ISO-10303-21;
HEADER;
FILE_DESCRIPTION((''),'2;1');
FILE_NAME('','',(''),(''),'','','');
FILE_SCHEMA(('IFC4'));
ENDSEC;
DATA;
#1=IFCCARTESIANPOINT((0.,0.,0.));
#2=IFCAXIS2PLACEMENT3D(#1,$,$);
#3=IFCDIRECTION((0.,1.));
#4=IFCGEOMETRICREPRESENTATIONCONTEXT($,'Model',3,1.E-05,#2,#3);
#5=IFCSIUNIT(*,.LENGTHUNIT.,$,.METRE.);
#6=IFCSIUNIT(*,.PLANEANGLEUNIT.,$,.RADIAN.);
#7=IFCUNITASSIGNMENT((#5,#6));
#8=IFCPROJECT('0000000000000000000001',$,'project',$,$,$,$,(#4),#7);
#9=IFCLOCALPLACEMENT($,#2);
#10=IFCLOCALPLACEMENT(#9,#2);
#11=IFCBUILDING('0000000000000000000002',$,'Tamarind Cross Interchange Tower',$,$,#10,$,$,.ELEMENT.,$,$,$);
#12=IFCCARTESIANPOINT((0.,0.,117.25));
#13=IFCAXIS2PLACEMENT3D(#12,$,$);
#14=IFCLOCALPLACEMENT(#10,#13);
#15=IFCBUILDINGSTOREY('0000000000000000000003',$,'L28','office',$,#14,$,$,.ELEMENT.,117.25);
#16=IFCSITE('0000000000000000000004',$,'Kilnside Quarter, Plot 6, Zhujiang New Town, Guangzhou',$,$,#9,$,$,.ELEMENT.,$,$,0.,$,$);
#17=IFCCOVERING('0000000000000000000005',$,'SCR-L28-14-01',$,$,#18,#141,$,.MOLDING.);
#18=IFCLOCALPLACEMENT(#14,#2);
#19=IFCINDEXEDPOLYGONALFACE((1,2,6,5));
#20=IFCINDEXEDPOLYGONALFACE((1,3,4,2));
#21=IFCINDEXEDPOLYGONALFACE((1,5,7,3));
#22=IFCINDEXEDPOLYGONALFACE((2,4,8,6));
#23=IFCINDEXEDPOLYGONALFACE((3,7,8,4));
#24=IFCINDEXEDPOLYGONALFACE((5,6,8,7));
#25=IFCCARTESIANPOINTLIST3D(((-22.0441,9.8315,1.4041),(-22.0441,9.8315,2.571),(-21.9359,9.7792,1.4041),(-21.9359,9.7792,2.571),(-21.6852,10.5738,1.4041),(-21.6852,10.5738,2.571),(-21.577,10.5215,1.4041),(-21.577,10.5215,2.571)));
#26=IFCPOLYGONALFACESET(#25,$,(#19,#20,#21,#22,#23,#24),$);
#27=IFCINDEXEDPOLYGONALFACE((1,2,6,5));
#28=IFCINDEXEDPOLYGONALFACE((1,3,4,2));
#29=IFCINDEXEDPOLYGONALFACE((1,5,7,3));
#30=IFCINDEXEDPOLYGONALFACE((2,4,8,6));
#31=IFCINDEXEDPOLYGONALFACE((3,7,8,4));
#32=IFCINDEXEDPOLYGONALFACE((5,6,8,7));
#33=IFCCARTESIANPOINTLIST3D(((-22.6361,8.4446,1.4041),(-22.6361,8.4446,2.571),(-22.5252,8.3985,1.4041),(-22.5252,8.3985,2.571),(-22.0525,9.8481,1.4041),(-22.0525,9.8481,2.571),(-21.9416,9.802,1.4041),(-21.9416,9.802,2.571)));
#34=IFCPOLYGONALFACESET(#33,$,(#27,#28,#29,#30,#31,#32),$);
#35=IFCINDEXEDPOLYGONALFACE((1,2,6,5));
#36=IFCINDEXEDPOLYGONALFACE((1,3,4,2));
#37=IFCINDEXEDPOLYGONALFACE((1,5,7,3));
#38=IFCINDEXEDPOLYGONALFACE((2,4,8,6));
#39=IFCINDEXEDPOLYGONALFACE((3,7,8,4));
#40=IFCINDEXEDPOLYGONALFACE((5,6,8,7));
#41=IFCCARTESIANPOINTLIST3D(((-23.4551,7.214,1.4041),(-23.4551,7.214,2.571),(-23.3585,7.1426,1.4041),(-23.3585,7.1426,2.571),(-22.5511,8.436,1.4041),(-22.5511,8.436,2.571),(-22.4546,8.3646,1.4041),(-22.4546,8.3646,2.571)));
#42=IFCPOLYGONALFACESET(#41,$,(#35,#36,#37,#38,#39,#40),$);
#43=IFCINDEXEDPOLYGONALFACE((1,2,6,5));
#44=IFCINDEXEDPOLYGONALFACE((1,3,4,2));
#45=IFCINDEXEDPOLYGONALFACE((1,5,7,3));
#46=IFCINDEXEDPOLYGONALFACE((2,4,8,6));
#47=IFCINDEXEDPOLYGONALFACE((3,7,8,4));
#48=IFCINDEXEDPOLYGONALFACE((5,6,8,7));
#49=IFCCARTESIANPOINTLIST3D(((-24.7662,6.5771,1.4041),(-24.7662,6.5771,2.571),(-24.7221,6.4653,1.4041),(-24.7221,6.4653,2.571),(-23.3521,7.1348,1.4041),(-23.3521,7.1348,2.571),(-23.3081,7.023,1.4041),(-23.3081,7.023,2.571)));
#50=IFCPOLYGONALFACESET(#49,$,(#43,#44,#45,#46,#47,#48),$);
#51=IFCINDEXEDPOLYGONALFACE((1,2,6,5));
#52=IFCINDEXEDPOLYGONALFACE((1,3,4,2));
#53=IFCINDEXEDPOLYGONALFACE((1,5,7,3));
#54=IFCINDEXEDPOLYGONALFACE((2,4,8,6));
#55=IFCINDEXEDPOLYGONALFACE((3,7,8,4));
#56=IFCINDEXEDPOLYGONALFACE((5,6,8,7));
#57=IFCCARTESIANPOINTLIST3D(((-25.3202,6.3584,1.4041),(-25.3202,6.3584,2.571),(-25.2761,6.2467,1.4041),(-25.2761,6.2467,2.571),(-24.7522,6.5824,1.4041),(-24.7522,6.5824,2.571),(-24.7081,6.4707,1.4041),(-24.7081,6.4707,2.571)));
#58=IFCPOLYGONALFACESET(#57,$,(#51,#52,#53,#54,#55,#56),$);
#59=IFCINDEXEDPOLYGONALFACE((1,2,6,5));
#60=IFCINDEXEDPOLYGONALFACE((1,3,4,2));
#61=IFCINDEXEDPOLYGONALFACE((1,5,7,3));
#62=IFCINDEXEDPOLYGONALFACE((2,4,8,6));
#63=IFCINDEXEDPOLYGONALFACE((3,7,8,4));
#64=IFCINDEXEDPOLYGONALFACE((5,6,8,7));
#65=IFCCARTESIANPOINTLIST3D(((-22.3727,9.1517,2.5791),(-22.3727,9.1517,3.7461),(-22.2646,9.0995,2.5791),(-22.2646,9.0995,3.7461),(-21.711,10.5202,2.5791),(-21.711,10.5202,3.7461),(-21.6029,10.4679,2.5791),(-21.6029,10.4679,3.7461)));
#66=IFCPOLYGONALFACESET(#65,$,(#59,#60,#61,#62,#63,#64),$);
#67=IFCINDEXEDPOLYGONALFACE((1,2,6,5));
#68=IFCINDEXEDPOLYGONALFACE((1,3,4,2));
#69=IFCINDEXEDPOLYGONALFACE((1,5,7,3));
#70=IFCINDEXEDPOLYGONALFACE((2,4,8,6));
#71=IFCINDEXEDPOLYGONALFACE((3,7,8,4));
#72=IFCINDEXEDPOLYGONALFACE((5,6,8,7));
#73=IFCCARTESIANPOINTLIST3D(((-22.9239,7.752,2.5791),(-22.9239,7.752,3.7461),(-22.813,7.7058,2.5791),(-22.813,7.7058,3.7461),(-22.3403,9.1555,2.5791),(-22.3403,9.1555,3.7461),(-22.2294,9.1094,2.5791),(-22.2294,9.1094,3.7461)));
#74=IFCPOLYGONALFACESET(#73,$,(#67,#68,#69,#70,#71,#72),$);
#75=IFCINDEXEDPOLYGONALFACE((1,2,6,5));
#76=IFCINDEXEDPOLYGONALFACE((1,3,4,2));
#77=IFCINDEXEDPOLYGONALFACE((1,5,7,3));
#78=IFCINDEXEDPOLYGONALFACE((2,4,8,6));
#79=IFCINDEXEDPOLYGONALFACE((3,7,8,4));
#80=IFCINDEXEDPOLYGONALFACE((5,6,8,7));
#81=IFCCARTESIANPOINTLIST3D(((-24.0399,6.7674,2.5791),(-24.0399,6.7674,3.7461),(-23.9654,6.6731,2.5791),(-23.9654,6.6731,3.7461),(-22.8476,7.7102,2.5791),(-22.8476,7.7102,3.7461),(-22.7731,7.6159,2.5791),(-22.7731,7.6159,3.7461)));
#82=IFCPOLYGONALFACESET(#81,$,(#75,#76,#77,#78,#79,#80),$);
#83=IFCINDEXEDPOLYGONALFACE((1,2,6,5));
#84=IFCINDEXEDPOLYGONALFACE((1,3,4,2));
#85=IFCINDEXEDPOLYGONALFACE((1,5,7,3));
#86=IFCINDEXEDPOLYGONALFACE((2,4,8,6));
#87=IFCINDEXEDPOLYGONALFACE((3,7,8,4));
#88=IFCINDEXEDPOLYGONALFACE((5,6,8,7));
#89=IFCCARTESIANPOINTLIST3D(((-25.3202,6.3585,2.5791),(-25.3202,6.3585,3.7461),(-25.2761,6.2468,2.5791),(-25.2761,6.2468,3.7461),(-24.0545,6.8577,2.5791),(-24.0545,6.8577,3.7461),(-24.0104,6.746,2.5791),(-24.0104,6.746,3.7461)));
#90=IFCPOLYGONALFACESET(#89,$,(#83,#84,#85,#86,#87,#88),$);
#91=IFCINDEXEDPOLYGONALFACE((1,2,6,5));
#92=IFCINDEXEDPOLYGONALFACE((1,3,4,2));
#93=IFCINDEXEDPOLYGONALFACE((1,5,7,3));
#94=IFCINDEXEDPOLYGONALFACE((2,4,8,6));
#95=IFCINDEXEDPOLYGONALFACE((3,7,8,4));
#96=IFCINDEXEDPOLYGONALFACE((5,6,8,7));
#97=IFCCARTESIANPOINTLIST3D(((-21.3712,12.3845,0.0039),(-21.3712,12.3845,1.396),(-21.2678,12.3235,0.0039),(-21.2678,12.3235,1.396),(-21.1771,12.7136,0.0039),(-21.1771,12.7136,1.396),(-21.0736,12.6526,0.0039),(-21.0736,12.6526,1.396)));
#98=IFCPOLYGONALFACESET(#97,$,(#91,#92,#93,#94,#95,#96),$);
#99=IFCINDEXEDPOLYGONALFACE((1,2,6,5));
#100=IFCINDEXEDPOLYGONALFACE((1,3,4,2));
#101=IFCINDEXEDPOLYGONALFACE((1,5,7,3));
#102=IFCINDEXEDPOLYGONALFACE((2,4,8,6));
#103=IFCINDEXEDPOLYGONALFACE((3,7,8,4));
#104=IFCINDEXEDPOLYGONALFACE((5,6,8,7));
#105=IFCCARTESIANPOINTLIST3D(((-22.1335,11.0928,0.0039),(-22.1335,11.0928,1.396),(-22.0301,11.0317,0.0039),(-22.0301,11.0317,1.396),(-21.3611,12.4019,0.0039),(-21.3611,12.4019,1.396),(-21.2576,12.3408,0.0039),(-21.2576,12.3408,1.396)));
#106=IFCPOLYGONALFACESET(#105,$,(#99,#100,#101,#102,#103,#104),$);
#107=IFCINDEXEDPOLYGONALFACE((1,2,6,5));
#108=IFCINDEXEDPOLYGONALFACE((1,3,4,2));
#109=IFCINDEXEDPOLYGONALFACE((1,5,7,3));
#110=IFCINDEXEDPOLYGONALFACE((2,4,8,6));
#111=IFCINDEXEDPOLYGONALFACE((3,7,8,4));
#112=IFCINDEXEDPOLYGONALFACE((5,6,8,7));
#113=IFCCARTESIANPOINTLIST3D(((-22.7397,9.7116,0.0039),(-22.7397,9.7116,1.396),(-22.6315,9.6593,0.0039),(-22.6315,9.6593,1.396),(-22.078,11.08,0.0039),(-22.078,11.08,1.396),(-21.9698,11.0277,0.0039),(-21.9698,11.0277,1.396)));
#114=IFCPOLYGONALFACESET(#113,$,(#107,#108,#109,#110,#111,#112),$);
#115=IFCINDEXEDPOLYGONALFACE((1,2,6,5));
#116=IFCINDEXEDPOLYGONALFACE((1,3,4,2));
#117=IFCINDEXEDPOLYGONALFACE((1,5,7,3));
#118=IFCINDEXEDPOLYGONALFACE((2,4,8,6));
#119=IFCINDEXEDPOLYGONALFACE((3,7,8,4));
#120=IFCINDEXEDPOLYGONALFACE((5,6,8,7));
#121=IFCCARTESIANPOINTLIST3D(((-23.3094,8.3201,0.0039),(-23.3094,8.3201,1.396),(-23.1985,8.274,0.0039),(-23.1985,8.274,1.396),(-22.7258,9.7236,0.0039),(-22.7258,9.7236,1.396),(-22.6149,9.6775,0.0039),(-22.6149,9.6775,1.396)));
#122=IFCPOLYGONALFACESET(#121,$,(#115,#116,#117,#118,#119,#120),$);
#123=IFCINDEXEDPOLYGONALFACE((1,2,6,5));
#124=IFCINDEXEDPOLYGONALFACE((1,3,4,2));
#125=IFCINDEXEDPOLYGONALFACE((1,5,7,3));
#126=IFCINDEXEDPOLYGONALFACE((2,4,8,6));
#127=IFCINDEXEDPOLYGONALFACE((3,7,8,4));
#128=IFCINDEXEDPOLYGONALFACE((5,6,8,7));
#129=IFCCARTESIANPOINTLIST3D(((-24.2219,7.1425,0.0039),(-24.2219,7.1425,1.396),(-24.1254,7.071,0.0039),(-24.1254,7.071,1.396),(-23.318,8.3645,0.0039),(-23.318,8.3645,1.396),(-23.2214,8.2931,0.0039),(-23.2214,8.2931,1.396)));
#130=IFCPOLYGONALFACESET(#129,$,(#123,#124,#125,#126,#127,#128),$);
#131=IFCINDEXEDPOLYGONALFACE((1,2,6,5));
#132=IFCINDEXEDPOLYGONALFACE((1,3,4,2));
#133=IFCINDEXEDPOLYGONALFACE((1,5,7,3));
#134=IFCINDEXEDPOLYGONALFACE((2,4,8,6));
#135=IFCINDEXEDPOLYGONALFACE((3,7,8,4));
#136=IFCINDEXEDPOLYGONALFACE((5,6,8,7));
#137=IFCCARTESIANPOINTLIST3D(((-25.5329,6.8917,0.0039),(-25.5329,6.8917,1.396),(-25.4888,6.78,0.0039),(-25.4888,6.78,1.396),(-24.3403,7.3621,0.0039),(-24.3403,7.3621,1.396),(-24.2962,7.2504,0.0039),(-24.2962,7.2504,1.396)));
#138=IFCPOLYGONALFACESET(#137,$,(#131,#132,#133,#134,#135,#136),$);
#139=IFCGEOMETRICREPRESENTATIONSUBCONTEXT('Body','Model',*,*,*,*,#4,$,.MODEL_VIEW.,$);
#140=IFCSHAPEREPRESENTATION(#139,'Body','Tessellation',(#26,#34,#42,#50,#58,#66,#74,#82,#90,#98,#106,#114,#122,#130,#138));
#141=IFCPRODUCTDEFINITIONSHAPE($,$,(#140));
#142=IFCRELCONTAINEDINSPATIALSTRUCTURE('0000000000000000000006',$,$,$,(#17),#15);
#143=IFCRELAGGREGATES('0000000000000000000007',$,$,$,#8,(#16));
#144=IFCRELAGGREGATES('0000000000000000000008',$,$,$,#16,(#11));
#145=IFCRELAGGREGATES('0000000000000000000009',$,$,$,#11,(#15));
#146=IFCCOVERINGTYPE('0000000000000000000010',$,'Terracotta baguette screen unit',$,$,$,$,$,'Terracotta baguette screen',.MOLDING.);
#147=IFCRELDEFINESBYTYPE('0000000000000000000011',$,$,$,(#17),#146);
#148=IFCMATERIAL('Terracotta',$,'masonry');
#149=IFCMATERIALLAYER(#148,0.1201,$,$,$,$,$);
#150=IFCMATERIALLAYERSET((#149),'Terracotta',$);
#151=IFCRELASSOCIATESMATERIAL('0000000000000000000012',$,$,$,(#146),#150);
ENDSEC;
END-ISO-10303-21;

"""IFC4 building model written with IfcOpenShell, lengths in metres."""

from ifc_helpers import new_model, si_unit, direction, frame, origin, origin_2d, place, context, subcontext, project, spatial, rectangle, extrude, material, layer, layer_set, type_object, element, save


model = new_model("IFC4")

# Units and contexts
model_context = context("Model", 3, precision=1e-05, world=origin(), true_north=direction((0.0, 1.0)))
body_context = subcontext(model_context, "Body", "Model", "MODEL_VIEW")
ifc_project = project(units=[si_unit("LENGTHUNIT", "METRE"), si_unit("PLANEANGLEUNIT", "RADIAN")], contexts=[model_context])

# Site, building, storey
site_placement = place(None, origin())
site = spatial("IfcSite", under=ifc_project, at=site_placement, Name="Kilnside Quarter, Plot 6, Zhujiang New Town, Guangzhou", CompositionType="ELEMENT", RefElevation=0.0)
building_placement = place(site_placement, origin())
building = spatial("IfcBuilding", under=site, at=building_placement, Name="Tamarind Cross Interchange Tower", CompositionType="ELEMENT")
storey_placement = place(building_placement, frame((0.0, 0.0, 117.25)))
storey = spatial("IfcBuildingStorey", under=building, at=storey_placement, Name="L28", Description="office", CompositionType="ELEMENT", Elevation=117.25)

# Covering
ifc_material_1 = material(Name="Terracotta", Category="masonry")
ifc_layer_1 = layer(ifc_material_1, 0.1201)
ifc_layer_set_1 = layer_set([ifc_layer_1], Name="Terracotta")
covering_type = type_object("IfcCoveringType", Name="Terracotta baguette screen unit", ElementType="Terracotta baguette screen", PredefinedType="MOLDING", material=ifc_layer_set_1)
covering_1_placement = place(storey_placement, origin())
element("IfcCovering", 1, at=covering_1_placement, inside=storey, type_object=covering_type, Name="SCR-L28-14-01", PredefinedType="MOLDING", context=body_context, shape_type="SweptSolid", body=[
    extrude(rectangle(XDim=0.8245, YDim=0.1201, at=origin_2d()), frame((-21.8105, 10.1765, 1.4041), z_axis=(0.0, 0.0, 1.0), x_axis=(-0.435326, -0.900273, 0.0)), (0.0, 0.0, 1.0), 1.167),
    extrude(rectangle(XDim=1.52, YDim=0.1201, at=origin_2d()), frame((-22.2888, 9.1233, 1.4041), z_axis=(0.0, 0.0, 1.0), x_axis=(-0.38393, -0.923362, 0.0)), (0.0, 0.0, 1.0), 1.167),
    extrude(rectangle(XDim=1.52, YDim=0.1201, at=origin_2d()), frame((-22.9548, 7.7893, 1.4041), z_axis=(0.0, 0.0, 1.0), x_axis=(-0.594689, -0.803956, 0.0)), (0.0, 0.0, 1.0), 1.167),
    extrude(rectangle(XDim=1.52, YDim=0.1201, at=origin_2d()), frame((-24.0371, 6.8, 1.4041), z_axis=(0.0, 0.0, 1.0), x_axis=(-0.93026, -0.3669, 0.0)), (0.0, 0.0, 1.0), 1.167),
    extrude(rectangle(XDim=0.6106, YDim=0.1201, at=origin_2d()), frame((-25.0142, 6.4146, 1.4041), z_axis=(0.0, 0.0, 1.0), x_axis=(-0.93026, -0.3669, 0.0)), (0.0, 0.0, 1.0), 1.167),
    extrude(rectangle(XDim=1.52, YDim=0.1201, at=origin_2d()), frame((-21.9878, 9.8098, 2.5791), z_axis=(0.0, 0.0, 1.0), x_axis=(-0.435326, -0.900273, 0.0)), (0.0, 0.0, 1.0), 1.167),
    extrude(rectangle(XDim=1.52, YDim=0.1201, at=origin_2d()), frame((-22.5767, 8.4307, 2.5791), z_axis=(0.0, 0.0, 1.0), x_axis=(-0.38393, -0.923362, 0.0)), (0.0, 0.0, 1.0), 1.167),
    extrude(rectangle(XDim=1.52, YDim=0.1201, at=origin_2d()), frame((-23.4065, 7.1917, 2.5791), z_axis=(0.0, 0.0, 1.0), x_axis=(-0.784399, -0.620257, 0.0)), (0.0, 0.0, 1.0), 1.167),
    extrude(rectangle(XDim=1.3606, YDim=0.1201, at=origin_2d()), frame((-24.6653, 6.5522, 2.5791), z_axis=(0.0, 0.0, 1.0), x_axis=(-0.93026, -0.3669, 0.0)), (0.0, 0.0, 1.0), 1.167),
    extrude(rectangle(XDim=0.3821, YDim=0.1201, at=origin_2d()), frame((-21.2224, 12.5186, 0.0039), z_axis=(0.0, 0.0, 1.0), x_axis=(-0.508183, -0.861249, 0.0)), (0.0, 0.0, 1.0), 1.3921),
    extrude(rectangle(XDim=1.52, YDim=0.1201, at=origin_2d()), frame((-21.6956, 11.7168, 0.0039), z_axis=(0.0, 0.0, 1.0), x_axis=(-0.508183, -0.861249, 0.0)), (0.0, 0.0, 1.0), 1.3921),
    extrude(rectangle(XDim=1.52, YDim=0.1201, at=origin_2d()), frame((-22.3547, 10.3696, 0.0039), z_axis=(0.0, 0.0, 1.0), x_axis=(-0.435326, -0.900273, 0.0)), (0.0, 0.0, 1.0), 1.3921),
    extrude(rectangle(XDim=1.52, YDim=0.1201, at=origin_2d()), frame((-22.9622, 8.9988, 0.0039), z_axis=(0.0, 0.0, 1.0), x_axis=(-0.38393, -0.923362, 0.0)), (0.0, 0.0, 1.0), 1.3921),
    extrude(rectangle(XDim=1.52, YDim=0.1201, at=origin_2d()), frame((-23.7217, 7.7178, 0.0039), z_axis=(0.0, 0.0, 1.0), x_axis=(-0.594689, -0.803956, 0.0)), (0.0, 0.0, 1.0), 1.3921),
    extrude(rectangle(XDim=1.282, YDim=0.1201, at=origin_2d()), frame((-24.9146, 7.071, 0.0039), z_axis=(0.0, 0.0, 1.0), x_axis=(-0.93026, -0.3669, 0.0)), (0.0, 0.0, 1.0), 1.3921),
])

save(model, "model.ifc")
